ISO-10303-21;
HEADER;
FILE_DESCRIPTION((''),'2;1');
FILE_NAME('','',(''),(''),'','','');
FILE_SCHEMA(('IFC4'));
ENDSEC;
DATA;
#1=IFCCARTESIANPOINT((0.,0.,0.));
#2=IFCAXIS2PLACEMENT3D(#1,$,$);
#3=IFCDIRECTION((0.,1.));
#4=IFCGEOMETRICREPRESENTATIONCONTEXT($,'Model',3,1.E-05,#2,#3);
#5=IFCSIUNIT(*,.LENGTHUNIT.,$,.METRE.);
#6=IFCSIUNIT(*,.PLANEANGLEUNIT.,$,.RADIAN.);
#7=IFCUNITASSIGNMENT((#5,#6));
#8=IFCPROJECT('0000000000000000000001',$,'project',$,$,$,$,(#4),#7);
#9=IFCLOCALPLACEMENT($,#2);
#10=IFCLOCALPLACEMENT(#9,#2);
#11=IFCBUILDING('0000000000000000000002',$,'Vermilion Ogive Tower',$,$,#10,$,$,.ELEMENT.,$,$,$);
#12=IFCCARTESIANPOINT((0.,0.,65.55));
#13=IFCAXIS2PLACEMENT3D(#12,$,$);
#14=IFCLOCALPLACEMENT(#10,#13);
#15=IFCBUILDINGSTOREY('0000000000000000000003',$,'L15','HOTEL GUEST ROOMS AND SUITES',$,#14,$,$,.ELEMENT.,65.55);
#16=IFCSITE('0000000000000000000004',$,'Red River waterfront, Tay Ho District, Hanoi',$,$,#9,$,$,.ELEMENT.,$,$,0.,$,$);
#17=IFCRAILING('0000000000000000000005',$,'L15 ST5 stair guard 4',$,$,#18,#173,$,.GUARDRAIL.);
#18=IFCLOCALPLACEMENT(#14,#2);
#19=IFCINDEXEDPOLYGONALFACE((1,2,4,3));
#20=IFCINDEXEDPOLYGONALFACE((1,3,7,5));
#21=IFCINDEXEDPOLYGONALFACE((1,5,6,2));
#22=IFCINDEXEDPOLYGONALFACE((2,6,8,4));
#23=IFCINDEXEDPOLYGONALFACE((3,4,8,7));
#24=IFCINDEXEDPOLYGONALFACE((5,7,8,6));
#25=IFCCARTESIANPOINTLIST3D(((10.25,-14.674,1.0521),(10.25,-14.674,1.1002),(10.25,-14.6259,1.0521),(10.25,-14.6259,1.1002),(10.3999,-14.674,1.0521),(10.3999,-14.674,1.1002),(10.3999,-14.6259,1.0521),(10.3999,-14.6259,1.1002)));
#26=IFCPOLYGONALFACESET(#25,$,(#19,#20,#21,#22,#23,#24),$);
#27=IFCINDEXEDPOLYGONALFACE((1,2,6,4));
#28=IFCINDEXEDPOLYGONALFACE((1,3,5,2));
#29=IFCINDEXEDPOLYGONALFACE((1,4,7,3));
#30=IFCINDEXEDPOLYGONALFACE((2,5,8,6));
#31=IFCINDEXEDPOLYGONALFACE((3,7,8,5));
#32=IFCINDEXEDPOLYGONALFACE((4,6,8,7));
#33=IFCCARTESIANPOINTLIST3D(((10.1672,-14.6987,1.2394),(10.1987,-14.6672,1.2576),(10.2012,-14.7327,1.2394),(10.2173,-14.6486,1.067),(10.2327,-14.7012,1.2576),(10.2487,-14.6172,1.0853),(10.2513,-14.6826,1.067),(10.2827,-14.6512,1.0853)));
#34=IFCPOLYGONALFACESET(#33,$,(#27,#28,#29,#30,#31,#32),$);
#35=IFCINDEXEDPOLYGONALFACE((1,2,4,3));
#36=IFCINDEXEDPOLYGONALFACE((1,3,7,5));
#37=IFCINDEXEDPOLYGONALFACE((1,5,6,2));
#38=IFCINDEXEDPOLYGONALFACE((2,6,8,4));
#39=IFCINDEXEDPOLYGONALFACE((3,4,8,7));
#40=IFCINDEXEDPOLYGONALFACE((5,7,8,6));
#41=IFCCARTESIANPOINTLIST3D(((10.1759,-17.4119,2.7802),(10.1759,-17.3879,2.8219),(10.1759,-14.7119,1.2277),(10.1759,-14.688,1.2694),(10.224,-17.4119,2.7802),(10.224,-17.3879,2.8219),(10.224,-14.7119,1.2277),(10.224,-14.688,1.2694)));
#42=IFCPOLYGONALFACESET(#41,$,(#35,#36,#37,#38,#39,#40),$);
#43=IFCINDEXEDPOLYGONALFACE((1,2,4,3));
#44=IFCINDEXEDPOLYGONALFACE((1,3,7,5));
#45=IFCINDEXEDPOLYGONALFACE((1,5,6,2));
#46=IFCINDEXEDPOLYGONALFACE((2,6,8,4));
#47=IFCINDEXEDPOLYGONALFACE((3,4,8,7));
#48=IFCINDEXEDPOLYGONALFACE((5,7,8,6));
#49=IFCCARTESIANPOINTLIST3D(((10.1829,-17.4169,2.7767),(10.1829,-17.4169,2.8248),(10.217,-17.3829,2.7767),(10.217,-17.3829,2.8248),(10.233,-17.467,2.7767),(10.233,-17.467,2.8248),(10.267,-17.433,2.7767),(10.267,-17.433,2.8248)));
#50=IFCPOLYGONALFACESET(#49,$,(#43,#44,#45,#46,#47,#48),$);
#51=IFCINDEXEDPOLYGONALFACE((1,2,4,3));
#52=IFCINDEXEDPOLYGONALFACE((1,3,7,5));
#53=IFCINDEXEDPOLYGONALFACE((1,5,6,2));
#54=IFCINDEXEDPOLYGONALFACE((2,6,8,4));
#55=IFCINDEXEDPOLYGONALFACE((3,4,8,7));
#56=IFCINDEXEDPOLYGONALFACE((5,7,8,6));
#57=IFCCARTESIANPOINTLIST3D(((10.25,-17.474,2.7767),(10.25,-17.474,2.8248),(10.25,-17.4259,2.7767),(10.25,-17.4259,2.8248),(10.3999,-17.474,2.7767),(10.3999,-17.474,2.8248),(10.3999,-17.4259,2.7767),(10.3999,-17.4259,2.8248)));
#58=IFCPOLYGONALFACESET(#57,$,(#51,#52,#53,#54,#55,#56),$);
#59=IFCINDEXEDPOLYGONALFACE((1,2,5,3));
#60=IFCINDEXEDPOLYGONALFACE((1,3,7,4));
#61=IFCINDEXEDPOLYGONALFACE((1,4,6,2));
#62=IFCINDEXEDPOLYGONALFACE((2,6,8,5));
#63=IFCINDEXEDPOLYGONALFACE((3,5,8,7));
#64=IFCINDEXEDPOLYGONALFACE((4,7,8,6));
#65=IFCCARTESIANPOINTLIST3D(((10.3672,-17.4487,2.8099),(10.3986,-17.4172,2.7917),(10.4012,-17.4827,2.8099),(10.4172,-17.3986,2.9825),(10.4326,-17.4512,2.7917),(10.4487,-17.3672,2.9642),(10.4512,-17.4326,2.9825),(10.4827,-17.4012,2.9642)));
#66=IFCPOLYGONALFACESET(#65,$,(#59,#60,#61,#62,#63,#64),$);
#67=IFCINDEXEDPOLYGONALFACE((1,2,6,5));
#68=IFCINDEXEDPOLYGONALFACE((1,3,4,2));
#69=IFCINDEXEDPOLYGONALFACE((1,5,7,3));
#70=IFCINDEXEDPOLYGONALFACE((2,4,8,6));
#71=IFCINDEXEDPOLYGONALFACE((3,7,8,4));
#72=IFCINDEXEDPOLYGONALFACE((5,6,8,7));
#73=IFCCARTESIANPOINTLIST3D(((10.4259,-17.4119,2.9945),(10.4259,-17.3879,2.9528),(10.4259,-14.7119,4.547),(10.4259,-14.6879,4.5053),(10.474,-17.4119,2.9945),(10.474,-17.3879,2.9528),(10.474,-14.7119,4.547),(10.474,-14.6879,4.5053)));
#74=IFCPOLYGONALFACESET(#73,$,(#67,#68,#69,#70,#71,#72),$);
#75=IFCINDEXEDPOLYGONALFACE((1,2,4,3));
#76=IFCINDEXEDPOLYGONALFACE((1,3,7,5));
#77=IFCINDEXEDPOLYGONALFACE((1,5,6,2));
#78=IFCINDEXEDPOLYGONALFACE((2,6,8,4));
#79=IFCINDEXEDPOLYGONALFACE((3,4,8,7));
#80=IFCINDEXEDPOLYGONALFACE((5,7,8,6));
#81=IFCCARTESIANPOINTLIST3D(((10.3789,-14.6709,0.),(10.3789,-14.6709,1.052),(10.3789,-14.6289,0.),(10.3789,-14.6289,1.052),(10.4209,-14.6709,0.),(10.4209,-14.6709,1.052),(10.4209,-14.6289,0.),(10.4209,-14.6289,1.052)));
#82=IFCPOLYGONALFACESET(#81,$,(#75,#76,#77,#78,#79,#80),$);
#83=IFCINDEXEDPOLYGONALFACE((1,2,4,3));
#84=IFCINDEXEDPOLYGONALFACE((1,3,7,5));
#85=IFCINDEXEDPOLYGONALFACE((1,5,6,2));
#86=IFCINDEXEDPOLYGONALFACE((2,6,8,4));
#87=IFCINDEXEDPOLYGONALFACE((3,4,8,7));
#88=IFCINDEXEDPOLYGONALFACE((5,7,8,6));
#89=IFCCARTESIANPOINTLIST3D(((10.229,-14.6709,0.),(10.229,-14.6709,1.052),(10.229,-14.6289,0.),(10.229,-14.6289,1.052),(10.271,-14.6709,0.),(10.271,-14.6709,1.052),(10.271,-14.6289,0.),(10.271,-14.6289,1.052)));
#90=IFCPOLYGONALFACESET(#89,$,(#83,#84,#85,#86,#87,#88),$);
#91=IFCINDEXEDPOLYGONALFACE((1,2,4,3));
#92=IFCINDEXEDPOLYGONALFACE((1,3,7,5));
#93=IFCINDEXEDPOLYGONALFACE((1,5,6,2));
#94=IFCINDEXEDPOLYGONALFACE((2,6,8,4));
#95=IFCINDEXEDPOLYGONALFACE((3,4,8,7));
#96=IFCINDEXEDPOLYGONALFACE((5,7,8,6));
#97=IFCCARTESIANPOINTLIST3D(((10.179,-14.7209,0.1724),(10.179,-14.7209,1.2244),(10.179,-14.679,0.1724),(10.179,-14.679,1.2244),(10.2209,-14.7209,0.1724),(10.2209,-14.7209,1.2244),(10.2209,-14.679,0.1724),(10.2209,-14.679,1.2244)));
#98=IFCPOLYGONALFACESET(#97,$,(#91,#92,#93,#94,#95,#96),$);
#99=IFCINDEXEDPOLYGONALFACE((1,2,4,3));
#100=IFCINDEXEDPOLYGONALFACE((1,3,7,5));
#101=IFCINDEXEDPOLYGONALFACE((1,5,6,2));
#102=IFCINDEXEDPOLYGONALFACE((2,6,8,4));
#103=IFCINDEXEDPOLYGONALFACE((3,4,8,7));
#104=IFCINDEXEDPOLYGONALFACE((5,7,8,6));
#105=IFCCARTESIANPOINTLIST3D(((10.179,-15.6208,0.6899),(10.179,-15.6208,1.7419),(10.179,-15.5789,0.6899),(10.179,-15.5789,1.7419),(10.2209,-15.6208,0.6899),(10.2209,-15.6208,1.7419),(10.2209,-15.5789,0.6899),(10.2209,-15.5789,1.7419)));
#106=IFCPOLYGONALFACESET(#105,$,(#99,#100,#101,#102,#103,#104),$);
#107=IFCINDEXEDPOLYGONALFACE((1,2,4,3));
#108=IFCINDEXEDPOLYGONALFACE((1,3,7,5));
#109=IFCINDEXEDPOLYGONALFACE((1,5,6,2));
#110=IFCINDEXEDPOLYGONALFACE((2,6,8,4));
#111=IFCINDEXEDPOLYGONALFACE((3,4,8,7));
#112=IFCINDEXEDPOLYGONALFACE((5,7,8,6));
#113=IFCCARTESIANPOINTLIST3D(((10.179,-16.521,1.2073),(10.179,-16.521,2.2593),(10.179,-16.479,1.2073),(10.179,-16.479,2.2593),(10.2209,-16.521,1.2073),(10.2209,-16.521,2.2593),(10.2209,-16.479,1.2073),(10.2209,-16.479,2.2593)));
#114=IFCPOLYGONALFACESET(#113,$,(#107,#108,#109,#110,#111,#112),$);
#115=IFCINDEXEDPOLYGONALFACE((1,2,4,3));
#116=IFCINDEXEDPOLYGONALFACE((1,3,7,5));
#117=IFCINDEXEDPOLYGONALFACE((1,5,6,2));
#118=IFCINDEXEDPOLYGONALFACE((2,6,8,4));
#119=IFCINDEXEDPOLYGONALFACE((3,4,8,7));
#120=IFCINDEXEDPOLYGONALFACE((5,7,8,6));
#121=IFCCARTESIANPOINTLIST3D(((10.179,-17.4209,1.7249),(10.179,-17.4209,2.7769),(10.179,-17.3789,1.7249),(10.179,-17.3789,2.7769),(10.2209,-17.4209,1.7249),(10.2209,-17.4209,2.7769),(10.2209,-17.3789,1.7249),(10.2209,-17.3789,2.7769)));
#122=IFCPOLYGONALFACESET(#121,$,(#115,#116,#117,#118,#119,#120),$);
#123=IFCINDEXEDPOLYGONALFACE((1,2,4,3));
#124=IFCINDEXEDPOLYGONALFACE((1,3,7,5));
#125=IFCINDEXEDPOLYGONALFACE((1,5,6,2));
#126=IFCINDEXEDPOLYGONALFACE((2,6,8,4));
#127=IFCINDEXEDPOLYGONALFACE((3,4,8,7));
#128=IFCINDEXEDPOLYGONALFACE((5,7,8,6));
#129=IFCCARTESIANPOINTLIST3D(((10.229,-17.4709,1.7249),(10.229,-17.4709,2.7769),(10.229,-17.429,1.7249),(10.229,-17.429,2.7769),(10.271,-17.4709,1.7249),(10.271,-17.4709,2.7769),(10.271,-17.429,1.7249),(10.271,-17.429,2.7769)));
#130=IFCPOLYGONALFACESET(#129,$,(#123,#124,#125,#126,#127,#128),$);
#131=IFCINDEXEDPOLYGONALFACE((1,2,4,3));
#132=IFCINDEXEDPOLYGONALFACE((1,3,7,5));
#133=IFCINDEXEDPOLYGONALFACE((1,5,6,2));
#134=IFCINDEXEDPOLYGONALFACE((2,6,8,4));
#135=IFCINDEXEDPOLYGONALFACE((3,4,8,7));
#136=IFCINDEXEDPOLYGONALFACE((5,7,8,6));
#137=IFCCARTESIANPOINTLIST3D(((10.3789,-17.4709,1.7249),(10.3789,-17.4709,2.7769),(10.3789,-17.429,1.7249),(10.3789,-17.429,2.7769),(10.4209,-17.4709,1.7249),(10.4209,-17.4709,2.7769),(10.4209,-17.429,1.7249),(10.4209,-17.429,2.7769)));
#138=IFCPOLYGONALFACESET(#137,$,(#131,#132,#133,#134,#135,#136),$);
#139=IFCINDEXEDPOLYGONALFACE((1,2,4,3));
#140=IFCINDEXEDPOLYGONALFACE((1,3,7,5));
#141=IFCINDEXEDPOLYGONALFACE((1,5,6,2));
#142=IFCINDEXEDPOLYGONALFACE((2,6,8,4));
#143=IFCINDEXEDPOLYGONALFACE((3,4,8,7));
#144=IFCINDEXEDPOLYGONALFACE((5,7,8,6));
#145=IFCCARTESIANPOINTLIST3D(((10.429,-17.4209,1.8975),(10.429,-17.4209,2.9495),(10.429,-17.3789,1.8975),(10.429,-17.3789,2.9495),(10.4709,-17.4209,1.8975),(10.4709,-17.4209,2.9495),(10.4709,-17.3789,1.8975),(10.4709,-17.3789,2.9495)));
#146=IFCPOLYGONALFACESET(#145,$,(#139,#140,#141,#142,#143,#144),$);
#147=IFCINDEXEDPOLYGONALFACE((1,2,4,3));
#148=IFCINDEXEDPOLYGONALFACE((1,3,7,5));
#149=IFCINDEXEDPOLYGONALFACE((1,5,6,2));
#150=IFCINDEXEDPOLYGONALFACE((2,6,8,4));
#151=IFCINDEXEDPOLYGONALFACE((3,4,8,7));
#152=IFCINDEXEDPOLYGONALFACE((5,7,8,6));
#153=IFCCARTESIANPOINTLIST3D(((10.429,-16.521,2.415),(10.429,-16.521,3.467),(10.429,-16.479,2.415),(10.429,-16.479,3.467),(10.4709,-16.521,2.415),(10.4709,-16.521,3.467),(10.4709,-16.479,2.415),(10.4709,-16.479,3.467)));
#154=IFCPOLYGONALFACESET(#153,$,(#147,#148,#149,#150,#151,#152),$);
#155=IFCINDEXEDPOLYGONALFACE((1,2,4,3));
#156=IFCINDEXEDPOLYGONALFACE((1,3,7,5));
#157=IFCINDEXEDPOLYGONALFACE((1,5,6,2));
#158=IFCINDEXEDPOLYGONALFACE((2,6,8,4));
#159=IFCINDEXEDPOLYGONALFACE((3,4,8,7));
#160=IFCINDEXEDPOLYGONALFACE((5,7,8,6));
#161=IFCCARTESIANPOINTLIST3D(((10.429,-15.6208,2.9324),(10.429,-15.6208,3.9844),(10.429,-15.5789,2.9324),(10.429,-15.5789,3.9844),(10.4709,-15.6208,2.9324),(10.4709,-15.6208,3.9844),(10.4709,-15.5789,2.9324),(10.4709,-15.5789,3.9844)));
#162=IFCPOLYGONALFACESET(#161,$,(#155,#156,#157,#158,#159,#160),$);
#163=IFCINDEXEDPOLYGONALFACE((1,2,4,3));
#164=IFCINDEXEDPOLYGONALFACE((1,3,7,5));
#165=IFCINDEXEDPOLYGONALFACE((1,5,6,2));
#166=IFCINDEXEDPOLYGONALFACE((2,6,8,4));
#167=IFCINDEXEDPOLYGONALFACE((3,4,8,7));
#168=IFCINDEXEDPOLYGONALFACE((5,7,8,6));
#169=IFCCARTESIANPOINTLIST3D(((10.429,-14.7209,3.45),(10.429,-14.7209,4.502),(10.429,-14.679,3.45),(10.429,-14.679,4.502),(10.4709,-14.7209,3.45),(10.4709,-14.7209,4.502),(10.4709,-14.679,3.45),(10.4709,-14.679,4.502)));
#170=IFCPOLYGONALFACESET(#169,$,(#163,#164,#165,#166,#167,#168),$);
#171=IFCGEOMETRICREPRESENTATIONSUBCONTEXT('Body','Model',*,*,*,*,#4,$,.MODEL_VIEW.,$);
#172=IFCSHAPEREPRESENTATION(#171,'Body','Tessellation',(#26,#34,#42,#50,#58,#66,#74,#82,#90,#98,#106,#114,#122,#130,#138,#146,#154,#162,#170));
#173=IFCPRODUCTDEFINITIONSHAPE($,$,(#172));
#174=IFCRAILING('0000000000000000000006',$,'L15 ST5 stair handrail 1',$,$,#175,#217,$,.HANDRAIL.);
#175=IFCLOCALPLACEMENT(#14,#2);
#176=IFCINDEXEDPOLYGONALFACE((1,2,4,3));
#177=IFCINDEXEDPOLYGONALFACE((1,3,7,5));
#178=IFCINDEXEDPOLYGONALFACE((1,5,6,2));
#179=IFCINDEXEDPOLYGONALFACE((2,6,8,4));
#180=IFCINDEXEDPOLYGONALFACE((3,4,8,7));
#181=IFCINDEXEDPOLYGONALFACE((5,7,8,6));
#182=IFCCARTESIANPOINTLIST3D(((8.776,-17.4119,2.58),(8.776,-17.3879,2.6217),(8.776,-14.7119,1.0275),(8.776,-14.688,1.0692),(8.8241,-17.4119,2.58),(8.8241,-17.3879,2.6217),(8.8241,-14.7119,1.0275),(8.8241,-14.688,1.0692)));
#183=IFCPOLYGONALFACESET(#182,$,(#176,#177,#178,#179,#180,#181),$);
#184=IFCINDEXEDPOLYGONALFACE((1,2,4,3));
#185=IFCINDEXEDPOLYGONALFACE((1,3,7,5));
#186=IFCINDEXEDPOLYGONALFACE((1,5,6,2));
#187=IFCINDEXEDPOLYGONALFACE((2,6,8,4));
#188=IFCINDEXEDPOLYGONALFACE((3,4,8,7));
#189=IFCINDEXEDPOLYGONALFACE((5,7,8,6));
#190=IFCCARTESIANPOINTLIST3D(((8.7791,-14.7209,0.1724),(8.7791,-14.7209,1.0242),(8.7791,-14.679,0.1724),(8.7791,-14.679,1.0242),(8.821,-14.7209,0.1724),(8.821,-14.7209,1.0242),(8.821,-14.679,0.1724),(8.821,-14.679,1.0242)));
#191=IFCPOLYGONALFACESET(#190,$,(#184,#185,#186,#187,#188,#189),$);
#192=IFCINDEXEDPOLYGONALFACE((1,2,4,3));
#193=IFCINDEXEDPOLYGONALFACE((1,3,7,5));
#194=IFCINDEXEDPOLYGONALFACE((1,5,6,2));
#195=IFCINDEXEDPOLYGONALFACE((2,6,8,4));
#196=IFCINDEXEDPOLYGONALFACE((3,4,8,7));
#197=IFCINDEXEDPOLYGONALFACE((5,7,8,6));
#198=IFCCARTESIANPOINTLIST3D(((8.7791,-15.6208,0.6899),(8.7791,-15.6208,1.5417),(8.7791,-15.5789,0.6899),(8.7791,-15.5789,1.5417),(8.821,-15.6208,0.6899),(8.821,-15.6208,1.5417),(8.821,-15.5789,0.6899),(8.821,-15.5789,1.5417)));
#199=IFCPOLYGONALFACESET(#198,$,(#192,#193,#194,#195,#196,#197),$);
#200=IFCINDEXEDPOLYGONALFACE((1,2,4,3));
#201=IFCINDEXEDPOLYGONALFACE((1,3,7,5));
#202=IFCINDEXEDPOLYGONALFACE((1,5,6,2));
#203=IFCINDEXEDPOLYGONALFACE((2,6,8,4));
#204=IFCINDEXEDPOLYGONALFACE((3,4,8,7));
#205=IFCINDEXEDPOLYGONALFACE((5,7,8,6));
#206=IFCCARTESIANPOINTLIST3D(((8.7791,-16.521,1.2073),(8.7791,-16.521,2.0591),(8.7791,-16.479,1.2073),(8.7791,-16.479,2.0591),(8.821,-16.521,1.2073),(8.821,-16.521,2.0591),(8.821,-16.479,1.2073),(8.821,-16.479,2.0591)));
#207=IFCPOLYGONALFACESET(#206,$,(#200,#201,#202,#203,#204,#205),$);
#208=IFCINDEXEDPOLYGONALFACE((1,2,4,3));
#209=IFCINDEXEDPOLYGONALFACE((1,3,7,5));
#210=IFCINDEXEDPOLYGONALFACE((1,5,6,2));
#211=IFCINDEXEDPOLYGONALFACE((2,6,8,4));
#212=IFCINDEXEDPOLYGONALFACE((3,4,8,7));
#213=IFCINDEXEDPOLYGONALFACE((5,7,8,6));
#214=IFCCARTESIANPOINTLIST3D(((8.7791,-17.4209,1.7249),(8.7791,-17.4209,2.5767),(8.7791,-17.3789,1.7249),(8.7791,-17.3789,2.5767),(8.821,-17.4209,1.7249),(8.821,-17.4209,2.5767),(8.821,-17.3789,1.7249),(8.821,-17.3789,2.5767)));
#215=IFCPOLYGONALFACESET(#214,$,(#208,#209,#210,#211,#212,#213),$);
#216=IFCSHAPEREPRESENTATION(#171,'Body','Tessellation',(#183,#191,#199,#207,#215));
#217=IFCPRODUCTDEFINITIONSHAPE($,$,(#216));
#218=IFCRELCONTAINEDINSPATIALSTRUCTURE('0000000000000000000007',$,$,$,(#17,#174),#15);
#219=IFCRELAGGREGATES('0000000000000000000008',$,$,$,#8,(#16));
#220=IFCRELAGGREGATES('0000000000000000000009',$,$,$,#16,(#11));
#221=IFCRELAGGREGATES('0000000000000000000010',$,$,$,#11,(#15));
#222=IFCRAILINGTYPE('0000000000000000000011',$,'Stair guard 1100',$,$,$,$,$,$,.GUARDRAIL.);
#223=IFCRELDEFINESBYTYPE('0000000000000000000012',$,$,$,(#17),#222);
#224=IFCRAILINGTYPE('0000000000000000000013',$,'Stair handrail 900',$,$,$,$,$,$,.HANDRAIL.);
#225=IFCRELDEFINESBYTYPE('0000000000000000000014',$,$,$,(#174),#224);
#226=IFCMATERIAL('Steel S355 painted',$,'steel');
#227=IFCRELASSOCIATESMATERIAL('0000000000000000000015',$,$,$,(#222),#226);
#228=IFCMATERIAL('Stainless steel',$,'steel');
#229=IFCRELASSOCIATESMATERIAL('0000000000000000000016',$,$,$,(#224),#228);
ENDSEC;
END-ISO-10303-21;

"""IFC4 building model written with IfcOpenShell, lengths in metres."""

from ifc_helpers import new_model, si_unit, direction, frame, origin, origin_2d, place, context, subcontext, project, spatial, rectangle, extrude, material, type_object, element, save


model = new_model("IFC4")

# Units and contexts
model_context = context("Model", 3, precision=1e-05, world=origin(), true_north=direction((0.0, 1.0)))
body_context = subcontext(model_context, "Body", "Model", "MODEL_VIEW")
ifc_project = project(units=[si_unit("LENGTHUNIT", "METRE"), si_unit("PLANEANGLEUNIT", "RADIAN")], contexts=[model_context])

# Site, building, storey
site_placement = place(None, origin())
site = spatial("IfcSite", under=ifc_project, at=site_placement, Name="Red River waterfront, Tay Ho District, Hanoi", CompositionType="ELEMENT", RefElevation=0.0)
building_placement = place(site_placement, origin())
building = spatial("IfcBuilding", under=site, at=building_placement, Name="Vermilion Ogive Tower", CompositionType="ELEMENT")
storey_placement = place(building_placement, frame((0.0, 0.0, 65.55)))
storey = spatial("IfcBuildingStorey", under=building, at=storey_placement, Name="L15", Description="HOTEL GUEST ROOMS AND SUITES", CompositionType="ELEMENT", Elevation=65.55)

# Railings
ifc_material_1 = material(Name="Steel S355 painted", Category="steel")
railing_type_1 = type_object("IfcRailingType", Name="Stair guard 1100", PredefinedType="GUARDRAIL", material=ifc_material_1)
railing_1_placement = place(storey_placement, frame((10.3999, -14.6499, 0.0)))
element("IfcRailing", 1, at=railing_1_placement, inside=storey, type_object=railing_type_1, Name="L15 ST5 stair guard 4", PredefinedType="GUARDRAIL", context=body_context, shape_type="SweptSolid", body=[
    extrude(rectangle(XDim=0.0481, YDim=0.0481, at=origin_2d()), frame((0.0, 0.0, 1.0762), z_axis=(-1.0, 0.0, 0.0), x_axis=(0.0, -1.0, 0.0)), (0.0, 0.0, 1.0), 0.1499),
    extrude(rectangle(XDim=0.0481, YDim=0.0481, at=origin_2d()), frame((-0.1499, 0.0, 1.0762), z_axis=(-0.268603, -0.268603, 0.925043), x_axis=(0.707107, -0.707107, 0.0)), (0.0, 0.0, 1.0), 0.1863),
    extrude(rectangle(XDim=0.0481, YDim=0.0481, at=origin_2d()), frame((-0.2, -0.05, 1.2485), z_axis=(0.0, -0.866904, 0.498476), x_axis=(1.0, 0.0, 0.0)), (0.0, 0.0, 1.0), 3.1145),
    extrude(rectangle(XDim=0.0481, YDim=0.0481, at=origin_2d()), frame((-0.2, -2.75, 2.8008), z_axis=(0.707107, -0.707107, 0.0), x_axis=(0.707107, 0.707107, 0.0)), (0.0, 0.0, 1.0), 0.0708),
    extrude(rectangle(XDim=0.0481, YDim=0.0481, at=origin_2d()), frame((-0.1499, -2.8, 2.8008), z_axis=(1.0, 0.0, 0.0), x_axis=(0.0, 1.0, 0.0)), (0.0, 0.0, 1.0), 0.1499),
    extrude(rectangle(XDim=0.0481, YDim=0.0481, at=origin_2d()), frame((0.0, -2.8, 2.8008), z_axis=(0.268278, 0.268278, 0.925232), x_axis=(-0.707107, 0.707107, 0.0)), (0.0, 0.0, 1.0), 0.1865),
    extrude(rectangle(XDim=0.0481, YDim=0.0481, at=origin_2d()), frame((0.05, -2.75, 2.9736), z_axis=(0.0, 0.866904, 0.498476), x_axis=(-1.0, 0.0, 0.0)), (0.0, 0.0, 1.0), 3.1145),
    extrude(rectangle(XDim=0.042, YDim=0.042, at=origin_2d()), origin(), (0.0, 0.0, 1.0), 1.052),
    extrude(rectangle(XDim=0.042, YDim=0.042, at=origin_2d()), frame((-0.1499, 0.0, 0.0)), (0.0, 0.0, 1.0), 1.052),
    extrude(rectangle(XDim=0.042, YDim=0.042, at=origin_2d()), frame((-0.2, -0.05, 0.1724)), (0.0, 0.0, 1.0), 1.052),
    extrude(rectangle(XDim=0.042, YDim=0.042, at=origin_2d()), frame((-0.2, -0.95, 0.6899)), (0.0, 0.0, 1.0), 1.052),
    extrude(rectangle(XDim=0.042, YDim=0.042, at=origin_2d()), frame((-0.2, -1.8501, 1.2073)), (0.0, 0.0, 1.0), 1.052),
    extrude(rectangle(XDim=0.042, YDim=0.042, at=origin_2d()), frame((-0.2, -2.75, 1.7249)), (0.0, 0.0, 1.0), 1.052),
    extrude(rectangle(XDim=0.042, YDim=0.042, at=origin_2d()), frame((-0.1499, -2.8, 1.7249)), (0.0, 0.0, 1.0), 1.052),
    extrude(rectangle(XDim=0.042, YDim=0.042, at=origin_2d()), frame((0.0, -2.8, 1.7249)), (0.0, 0.0, 1.0), 1.052),
    extrude(rectangle(XDim=0.042, YDim=0.042, at=origin_2d()), frame((0.05, -2.75, 1.8975)), (0.0, 0.0, 1.0), 1.052),
    extrude(rectangle(XDim=0.042, YDim=0.042, at=origin_2d()), frame((0.05, -1.8501, 2.415)), (0.0, 0.0, 1.0), 1.052),
    extrude(rectangle(XDim=0.042, YDim=0.042, at=origin_2d()), frame((0.05, -0.95, 2.9324)), (0.0, 0.0, 1.0), 1.052),
    extrude(rectangle(XDim=0.042, YDim=0.042, at=origin_2d()), frame((0.05, -0.05, 3.45)), (0.0, 0.0, 1.0), 1.052),
])
ifc_material_2 = material(Name="Stainless steel", Category="steel")
railing_type_2 = type_object("IfcRailingType", Name="Stair handrail 900", PredefinedType="HANDRAIL", material=ifc_material_2)
railing_2_placement = place(storey_placement, frame((8.8, -14.7, 0.1724)))
element("IfcRailing", 2, at=railing_2_placement, inside=storey, type_object=railing_type_2, Name="L15 ST5 stair handrail 1", PredefinedType="HANDRAIL", context=body_context, shape_type="SweptSolid", body=[
    extrude(rectangle(XDim=0.0481, YDim=0.0481, at=origin_2d()), frame((0.0, 0.0, 0.876), z_axis=(0.0, -0.866904, 0.498476), x_axis=(1.0, 0.0, 0.0)), (0.0, 0.0, 1.0), 3.1145),
    extrude(rectangle(XDim=0.042, YDim=0.042, at=origin_2d()), origin(), (0.0, 0.0, 1.0), 0.8518),
    extrude(rectangle(XDim=0.042, YDim=0.042, at=origin_2d()), frame((0.0, -0.8999, 0.5176)), (0.0, 0.0, 1.0), 0.8518),
    extrude(rectangle(XDim=0.042, YDim=0.042, at=origin_2d()), frame((0.0, -1.8, 1.0349)), (0.0, 0.0, 1.0), 0.8518),
    extrude(rectangle(XDim=0.042, YDim=0.042, at=origin_2d()), frame((0.0, -2.7, 1.5525)), (0.0, 0.0, 1.0), 0.8518),
])

save(model, "model.ifc")
